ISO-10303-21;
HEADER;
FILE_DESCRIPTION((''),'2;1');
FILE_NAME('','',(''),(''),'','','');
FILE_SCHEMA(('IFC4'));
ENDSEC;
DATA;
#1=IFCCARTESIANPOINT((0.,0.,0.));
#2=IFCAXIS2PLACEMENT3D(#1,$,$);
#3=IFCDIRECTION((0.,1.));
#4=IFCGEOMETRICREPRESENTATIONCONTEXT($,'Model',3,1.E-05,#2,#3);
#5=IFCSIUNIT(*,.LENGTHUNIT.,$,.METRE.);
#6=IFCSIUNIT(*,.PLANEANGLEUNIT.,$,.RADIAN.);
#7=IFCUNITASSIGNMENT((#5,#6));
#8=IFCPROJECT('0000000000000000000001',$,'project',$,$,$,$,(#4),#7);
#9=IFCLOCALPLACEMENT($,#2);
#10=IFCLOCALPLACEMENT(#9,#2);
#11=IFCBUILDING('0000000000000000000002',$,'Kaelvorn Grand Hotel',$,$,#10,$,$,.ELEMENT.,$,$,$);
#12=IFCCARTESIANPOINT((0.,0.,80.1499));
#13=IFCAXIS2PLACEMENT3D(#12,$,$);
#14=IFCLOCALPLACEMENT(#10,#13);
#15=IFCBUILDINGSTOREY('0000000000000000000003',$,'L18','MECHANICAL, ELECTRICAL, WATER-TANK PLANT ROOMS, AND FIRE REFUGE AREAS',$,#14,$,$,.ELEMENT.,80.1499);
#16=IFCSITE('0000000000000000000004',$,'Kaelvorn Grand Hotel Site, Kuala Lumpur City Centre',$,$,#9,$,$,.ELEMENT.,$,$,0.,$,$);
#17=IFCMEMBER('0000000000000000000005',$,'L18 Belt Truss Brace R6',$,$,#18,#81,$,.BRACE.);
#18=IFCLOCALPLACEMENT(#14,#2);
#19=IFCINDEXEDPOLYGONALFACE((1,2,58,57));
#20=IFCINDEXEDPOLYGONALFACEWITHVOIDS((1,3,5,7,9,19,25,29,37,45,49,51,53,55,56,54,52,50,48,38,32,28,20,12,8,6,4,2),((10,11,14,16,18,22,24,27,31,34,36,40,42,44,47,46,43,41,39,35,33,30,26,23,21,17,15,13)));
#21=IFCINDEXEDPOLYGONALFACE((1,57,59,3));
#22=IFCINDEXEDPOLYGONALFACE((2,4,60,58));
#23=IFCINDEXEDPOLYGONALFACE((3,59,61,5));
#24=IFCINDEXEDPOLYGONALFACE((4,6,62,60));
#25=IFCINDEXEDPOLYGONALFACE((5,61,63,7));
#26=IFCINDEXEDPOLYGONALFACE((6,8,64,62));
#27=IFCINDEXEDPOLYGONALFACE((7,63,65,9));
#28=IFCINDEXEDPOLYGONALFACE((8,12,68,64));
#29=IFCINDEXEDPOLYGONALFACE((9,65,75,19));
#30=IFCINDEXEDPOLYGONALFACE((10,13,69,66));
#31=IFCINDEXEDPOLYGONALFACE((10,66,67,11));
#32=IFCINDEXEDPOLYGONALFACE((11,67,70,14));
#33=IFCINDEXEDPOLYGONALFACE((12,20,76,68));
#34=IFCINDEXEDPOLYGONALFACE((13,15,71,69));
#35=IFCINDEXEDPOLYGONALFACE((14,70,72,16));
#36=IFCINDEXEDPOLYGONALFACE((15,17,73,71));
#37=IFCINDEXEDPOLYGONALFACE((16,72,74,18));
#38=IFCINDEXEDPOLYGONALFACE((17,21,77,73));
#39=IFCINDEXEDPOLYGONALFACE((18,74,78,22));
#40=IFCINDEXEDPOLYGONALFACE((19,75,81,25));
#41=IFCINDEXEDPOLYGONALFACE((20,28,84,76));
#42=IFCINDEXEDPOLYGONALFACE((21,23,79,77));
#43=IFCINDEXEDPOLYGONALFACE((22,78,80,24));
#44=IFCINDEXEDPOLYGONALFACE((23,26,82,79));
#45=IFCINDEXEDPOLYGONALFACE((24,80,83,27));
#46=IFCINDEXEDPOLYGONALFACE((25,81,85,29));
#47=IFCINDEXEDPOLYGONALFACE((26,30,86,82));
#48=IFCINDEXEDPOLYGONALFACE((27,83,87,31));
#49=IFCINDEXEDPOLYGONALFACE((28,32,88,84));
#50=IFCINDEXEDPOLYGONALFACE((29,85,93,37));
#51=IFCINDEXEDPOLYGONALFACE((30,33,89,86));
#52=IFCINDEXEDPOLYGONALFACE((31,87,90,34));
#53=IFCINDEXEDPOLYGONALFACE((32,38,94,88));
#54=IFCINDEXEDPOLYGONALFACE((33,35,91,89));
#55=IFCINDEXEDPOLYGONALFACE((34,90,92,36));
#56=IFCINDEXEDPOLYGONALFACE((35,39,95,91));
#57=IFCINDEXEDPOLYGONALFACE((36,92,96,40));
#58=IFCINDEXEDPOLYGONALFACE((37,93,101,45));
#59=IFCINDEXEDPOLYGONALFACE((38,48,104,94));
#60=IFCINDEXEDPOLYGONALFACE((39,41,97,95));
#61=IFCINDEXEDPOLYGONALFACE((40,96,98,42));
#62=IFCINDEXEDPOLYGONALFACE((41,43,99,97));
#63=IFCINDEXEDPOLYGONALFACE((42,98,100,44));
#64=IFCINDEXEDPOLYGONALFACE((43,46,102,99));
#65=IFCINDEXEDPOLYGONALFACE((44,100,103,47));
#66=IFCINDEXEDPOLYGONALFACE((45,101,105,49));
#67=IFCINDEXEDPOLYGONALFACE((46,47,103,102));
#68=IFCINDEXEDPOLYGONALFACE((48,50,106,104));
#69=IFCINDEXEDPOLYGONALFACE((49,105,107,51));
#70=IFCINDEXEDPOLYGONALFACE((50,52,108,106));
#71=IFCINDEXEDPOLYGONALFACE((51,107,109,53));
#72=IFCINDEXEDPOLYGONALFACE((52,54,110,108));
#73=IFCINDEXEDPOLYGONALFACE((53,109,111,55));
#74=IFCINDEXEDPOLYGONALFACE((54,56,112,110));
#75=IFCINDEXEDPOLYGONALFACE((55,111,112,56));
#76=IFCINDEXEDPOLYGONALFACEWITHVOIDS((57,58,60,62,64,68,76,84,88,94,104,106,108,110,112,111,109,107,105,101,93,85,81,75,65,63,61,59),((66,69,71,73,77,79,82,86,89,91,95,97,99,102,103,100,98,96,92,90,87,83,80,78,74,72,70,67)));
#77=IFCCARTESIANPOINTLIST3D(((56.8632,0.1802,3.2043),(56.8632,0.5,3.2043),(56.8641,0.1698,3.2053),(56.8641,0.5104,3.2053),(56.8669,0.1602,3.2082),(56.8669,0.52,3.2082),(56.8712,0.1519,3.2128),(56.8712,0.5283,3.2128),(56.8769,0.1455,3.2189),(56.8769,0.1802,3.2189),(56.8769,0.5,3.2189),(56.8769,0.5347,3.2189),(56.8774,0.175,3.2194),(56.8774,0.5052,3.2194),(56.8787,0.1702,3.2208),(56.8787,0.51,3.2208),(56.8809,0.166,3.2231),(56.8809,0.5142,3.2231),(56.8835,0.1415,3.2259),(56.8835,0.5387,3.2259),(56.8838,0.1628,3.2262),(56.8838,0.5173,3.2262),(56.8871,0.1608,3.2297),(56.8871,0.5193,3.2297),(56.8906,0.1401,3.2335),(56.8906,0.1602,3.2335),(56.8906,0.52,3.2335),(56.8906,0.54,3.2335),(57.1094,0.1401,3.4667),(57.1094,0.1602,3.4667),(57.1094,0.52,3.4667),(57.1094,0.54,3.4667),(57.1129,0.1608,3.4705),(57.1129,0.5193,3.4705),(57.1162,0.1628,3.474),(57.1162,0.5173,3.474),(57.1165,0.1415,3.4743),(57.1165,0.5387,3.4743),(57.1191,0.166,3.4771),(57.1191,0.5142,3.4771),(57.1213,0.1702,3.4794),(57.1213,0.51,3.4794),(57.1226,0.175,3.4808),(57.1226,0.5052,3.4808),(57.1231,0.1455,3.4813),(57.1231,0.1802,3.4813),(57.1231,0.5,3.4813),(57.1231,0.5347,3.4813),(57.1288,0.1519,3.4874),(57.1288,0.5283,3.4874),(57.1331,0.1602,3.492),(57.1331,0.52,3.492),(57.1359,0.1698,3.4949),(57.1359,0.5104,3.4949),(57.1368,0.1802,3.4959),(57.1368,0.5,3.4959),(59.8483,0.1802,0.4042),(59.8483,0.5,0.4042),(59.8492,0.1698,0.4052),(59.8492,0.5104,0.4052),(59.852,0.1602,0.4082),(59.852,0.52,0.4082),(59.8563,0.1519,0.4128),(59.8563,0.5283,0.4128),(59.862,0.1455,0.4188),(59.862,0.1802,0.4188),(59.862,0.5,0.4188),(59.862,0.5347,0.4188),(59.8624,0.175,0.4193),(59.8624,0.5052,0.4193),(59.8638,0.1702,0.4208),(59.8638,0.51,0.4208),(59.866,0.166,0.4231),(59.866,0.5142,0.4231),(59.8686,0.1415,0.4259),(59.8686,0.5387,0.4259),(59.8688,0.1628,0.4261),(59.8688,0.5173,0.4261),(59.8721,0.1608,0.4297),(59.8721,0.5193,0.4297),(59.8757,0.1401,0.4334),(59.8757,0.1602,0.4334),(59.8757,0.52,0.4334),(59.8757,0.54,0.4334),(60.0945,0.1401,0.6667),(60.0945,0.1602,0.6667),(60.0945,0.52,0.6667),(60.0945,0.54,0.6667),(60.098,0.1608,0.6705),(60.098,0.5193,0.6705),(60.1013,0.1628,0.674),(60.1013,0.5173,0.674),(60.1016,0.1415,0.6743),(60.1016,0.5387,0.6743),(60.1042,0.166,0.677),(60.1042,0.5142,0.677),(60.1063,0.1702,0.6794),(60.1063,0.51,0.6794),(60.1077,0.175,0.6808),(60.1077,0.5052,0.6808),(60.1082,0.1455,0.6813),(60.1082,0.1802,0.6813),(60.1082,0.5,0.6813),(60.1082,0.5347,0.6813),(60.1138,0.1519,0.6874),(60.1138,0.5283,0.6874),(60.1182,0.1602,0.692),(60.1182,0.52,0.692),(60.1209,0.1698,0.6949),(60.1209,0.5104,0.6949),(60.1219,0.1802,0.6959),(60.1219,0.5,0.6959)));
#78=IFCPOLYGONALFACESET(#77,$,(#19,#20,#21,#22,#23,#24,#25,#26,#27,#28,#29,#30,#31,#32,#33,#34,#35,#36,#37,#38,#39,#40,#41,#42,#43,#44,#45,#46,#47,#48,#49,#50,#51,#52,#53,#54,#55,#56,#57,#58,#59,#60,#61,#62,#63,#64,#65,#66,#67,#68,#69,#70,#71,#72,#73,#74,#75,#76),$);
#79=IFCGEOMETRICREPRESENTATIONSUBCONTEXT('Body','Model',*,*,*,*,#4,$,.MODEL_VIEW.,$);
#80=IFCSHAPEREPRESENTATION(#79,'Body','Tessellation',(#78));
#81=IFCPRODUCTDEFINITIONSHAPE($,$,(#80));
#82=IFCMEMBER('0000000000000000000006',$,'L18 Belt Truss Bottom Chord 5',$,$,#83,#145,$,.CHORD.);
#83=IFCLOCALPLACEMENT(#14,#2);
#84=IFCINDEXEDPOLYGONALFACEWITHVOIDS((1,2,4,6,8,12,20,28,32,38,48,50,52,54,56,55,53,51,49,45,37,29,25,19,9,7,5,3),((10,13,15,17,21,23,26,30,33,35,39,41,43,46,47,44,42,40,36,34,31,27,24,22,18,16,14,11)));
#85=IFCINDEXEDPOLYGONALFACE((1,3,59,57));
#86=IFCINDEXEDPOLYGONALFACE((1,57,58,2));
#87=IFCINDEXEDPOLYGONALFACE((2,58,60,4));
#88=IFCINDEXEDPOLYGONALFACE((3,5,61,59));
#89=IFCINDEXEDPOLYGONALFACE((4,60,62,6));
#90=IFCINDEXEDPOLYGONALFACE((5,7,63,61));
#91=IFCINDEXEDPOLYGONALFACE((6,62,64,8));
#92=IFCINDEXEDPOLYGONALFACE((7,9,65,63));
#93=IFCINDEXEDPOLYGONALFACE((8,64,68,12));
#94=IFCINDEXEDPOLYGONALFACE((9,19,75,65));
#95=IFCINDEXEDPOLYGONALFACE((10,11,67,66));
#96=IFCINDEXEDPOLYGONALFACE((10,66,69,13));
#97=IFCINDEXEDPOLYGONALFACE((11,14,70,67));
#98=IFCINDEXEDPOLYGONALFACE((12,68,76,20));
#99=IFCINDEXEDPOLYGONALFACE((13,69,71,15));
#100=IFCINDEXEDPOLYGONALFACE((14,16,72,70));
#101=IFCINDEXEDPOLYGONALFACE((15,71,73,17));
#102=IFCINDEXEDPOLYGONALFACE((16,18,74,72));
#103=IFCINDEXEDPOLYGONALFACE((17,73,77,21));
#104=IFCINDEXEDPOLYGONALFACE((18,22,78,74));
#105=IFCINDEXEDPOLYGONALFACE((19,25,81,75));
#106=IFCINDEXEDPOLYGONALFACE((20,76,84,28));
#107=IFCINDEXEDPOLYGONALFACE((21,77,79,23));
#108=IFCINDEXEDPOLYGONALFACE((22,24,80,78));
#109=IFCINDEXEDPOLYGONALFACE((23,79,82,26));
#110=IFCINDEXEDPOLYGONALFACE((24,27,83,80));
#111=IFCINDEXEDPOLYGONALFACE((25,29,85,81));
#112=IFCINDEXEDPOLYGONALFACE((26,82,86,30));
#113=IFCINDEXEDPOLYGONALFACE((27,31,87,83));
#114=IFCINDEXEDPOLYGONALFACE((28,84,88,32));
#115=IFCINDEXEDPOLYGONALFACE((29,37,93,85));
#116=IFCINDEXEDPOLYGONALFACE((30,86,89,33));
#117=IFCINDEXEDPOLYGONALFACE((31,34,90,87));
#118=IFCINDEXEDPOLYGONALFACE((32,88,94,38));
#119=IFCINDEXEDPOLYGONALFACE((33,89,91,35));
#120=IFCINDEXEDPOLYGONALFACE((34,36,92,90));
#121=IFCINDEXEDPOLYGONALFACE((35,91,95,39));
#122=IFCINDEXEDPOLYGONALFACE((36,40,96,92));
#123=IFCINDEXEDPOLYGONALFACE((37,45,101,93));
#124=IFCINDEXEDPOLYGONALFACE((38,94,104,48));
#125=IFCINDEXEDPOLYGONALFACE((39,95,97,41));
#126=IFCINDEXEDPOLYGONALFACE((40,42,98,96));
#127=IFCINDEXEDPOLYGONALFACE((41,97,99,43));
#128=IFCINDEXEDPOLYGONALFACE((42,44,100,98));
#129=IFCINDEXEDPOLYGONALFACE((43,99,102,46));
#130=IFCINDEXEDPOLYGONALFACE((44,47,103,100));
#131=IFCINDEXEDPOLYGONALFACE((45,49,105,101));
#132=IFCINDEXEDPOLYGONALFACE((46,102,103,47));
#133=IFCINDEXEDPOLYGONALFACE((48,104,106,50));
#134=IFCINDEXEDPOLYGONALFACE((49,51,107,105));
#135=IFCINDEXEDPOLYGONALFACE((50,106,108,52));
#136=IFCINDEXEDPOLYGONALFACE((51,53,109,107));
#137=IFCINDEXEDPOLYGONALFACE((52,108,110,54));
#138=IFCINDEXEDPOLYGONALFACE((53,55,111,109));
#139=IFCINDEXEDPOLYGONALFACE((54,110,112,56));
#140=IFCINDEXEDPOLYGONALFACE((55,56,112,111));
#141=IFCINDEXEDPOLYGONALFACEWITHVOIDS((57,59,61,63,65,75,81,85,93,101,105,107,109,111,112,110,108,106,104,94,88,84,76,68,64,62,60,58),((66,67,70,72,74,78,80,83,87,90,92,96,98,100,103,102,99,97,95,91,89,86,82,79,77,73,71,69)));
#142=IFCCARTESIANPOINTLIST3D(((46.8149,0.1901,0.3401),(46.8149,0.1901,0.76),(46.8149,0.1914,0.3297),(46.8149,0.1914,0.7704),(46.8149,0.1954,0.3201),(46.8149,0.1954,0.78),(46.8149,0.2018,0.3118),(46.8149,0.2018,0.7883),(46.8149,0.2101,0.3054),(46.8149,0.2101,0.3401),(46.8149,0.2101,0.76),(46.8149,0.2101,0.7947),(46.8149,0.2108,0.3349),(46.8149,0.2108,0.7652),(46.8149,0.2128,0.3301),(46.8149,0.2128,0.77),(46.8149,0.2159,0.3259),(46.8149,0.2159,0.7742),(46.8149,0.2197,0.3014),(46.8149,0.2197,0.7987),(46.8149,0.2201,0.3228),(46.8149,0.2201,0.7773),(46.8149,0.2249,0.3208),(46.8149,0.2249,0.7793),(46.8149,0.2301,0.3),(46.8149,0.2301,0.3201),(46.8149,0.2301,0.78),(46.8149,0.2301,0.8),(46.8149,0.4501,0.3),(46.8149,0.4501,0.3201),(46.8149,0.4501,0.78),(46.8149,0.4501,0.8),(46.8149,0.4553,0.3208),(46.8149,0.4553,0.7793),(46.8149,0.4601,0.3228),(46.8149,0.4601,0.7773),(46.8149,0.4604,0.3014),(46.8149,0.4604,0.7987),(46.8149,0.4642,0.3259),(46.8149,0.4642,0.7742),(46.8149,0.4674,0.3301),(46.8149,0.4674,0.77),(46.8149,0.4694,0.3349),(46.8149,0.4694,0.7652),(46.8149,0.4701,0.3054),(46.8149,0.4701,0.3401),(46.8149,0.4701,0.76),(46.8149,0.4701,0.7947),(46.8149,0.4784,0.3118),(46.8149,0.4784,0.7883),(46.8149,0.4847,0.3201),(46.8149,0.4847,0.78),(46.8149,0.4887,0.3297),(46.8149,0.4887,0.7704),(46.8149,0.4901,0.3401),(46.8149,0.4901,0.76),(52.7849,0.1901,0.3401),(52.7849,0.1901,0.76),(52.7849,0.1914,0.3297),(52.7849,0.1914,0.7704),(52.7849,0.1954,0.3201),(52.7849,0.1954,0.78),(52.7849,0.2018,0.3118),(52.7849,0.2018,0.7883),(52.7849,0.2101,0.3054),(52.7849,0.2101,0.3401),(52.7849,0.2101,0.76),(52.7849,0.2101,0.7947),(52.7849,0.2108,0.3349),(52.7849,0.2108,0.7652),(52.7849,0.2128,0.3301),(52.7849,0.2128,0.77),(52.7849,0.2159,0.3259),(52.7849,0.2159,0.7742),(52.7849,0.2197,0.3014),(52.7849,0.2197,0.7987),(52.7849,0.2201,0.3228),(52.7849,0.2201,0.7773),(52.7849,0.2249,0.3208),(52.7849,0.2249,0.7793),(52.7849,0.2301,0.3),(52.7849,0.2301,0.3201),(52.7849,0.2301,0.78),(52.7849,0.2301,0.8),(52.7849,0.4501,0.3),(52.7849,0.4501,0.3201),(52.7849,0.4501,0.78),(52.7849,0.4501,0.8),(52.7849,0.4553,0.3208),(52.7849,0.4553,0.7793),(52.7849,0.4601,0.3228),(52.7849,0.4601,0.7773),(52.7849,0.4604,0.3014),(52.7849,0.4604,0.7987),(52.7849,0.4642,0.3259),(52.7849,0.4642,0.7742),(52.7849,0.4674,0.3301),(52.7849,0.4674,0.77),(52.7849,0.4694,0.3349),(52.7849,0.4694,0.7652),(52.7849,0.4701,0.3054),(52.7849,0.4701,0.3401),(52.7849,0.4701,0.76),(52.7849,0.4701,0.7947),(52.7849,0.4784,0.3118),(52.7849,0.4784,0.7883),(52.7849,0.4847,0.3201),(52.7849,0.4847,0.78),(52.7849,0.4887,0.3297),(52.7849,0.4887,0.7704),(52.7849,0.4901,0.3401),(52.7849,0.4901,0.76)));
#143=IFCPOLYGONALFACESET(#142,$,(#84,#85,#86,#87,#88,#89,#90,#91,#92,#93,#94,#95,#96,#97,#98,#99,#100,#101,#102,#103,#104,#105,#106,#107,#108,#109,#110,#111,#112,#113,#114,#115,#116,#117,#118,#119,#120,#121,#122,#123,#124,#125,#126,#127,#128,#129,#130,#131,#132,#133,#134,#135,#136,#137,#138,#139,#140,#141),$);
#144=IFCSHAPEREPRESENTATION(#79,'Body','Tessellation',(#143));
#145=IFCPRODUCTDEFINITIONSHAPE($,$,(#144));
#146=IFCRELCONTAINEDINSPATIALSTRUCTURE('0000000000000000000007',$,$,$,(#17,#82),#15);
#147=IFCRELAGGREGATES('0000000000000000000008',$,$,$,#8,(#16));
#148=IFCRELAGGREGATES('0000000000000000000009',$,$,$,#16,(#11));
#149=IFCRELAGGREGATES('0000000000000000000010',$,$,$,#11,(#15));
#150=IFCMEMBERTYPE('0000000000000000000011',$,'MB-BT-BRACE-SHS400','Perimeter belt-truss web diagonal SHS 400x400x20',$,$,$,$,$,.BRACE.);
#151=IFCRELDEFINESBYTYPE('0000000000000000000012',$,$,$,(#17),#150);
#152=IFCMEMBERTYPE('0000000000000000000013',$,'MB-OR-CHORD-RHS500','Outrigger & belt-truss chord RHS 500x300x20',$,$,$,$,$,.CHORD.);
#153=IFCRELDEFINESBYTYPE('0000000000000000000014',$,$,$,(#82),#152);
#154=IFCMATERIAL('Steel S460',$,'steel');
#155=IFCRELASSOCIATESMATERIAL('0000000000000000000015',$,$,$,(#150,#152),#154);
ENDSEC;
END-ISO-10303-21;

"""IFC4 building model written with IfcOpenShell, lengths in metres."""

from ifc_helpers import new_model, si_unit, direction, frame, origin, origin_2d, place, context, subcontext, project, spatial, hollow_rectangle, extrude, material, material_profile, profile_set, type_object, element, save


model = new_model("IFC4")

# Units and contexts
model_context = context("Model", 3, precision=1e-05, world=origin(), true_north=direction((0.0, 1.0)))
body_context = subcontext(model_context, "Body", "Model", "MODEL_VIEW")
ifc_project = project(units=[si_unit("LENGTHUNIT", "METRE"), si_unit("PLANEANGLEUNIT", "RADIAN")], contexts=[model_context])

# Site, building, storey
site_placement = place(None, origin())
site = spatial("IfcSite", under=ifc_project, at=site_placement, Name="Kaelvorn Grand Hotel Site, Kuala Lumpur City Centre", CompositionType="ELEMENT", RefElevation=0.0)
building_placement = place(site_placement, origin())
building = spatial("IfcBuilding", under=site, at=building_placement, Name="Kaelvorn Grand Hotel", CompositionType="ELEMENT")
storey_placement = place(building_placement, frame((0.0, 0.0, 80.1499)))
storey = spatial("IfcBuildingStorey", under=building, at=storey_placement, Name="L18", Description="MECHANICAL, ELECTRICAL, WATER-TANK PLANT ROOMS, AND FIRE REFUGE AREAS", CompositionType="ELEMENT", Elevation=80.1499)

# Members
ifc_material_1 = material(Name="Steel S460", Category="steel")
ifc_material_profile_1 = material_profile(ifc_material_1, hollow_rectangle(XDim=0.3999, YDim=0.3999, WallThickness=0.02, InnerFilletRadius=0.02, OuterFilletRadius=0.04, at=origin_2d()), Name="SHS 400x400x20.0")
ifc_profile_set_1 = profile_set([ifc_material_profile_1], Name="Steel S460")
member_type_1 = type_object("IfcMemberType", Name="MB-BT-BRACE-SHS400", Description="Perimeter belt-truss web diagonal SHS 400x400x20", PredefinedType="BRACE", material=ifc_profile_set_1)
for number, where, z_axis, x_axis, name in (
    (1, (57.0, 0.3401, 3.3501), (0.729353, 0.0, -0.684138), (0.0, 1.0, 0.0), "L18 Belt Truss Brace R6"),
):
    element("IfcMember", number, at=place(storey_placement, frame(where, z_axis=z_axis, x_axis=x_axis)), inside=storey, type_object=member_type_1, Name=name, PredefinedType="BRACE", context=body_context, shape_type="SweptSolid", body=[
        extrude(hollow_rectangle(XDim=0.3999, YDim=0.3999, WallThickness=0.02, InnerFilletRadius=0.02, OuterFilletRadius=0.04, at=origin_2d()), origin(), (0.0, 0.0, 1.0), 4.0928),
    ])
ifc_material_profile_2 = material_profile(ifc_material_1, hollow_rectangle(XDim=0.3, YDim=0.5, WallThickness=0.02, InnerFilletRadius=0.02, OuterFilletRadius=0.04, at=origin_2d()), Name="RHS 500x300x20.0")
ifc_profile_set_2 = profile_set([ifc_material_profile_2], Name="Steel S460")
member_type_2 = type_object("IfcMemberType", Name="MB-OR-CHORD-RHS500", Description="Outrigger & belt-truss chord RHS 500x300x20", PredefinedType="CHORD", material=ifc_profile_set_2)
for number, where, z_axis, x_axis, name in (
    (2, (46.8149, 0.3401, 0.55), (1.0, 0.0, 0.0), (0.0, 1.0, 0.0), "L18 Belt Truss Bottom Chord 5"),
):
    element("IfcMember", number, at=place(storey_placement, frame(where, z_axis=z_axis, x_axis=x_axis)), inside=storey, type_object=member_type_2, Name=name, PredefinedType="CHORD", context=body_context, shape_type="SweptSolid", body=[
        extrude(hollow_rectangle(XDim=0.3, YDim=0.5, WallThickness=0.02, InnerFilletRadius=0.02, OuterFilletRadius=0.04, at=origin_2d()), origin(), (0.0, 0.0, 1.0), 5.97),
    ])

save(model, "model.ifc")
